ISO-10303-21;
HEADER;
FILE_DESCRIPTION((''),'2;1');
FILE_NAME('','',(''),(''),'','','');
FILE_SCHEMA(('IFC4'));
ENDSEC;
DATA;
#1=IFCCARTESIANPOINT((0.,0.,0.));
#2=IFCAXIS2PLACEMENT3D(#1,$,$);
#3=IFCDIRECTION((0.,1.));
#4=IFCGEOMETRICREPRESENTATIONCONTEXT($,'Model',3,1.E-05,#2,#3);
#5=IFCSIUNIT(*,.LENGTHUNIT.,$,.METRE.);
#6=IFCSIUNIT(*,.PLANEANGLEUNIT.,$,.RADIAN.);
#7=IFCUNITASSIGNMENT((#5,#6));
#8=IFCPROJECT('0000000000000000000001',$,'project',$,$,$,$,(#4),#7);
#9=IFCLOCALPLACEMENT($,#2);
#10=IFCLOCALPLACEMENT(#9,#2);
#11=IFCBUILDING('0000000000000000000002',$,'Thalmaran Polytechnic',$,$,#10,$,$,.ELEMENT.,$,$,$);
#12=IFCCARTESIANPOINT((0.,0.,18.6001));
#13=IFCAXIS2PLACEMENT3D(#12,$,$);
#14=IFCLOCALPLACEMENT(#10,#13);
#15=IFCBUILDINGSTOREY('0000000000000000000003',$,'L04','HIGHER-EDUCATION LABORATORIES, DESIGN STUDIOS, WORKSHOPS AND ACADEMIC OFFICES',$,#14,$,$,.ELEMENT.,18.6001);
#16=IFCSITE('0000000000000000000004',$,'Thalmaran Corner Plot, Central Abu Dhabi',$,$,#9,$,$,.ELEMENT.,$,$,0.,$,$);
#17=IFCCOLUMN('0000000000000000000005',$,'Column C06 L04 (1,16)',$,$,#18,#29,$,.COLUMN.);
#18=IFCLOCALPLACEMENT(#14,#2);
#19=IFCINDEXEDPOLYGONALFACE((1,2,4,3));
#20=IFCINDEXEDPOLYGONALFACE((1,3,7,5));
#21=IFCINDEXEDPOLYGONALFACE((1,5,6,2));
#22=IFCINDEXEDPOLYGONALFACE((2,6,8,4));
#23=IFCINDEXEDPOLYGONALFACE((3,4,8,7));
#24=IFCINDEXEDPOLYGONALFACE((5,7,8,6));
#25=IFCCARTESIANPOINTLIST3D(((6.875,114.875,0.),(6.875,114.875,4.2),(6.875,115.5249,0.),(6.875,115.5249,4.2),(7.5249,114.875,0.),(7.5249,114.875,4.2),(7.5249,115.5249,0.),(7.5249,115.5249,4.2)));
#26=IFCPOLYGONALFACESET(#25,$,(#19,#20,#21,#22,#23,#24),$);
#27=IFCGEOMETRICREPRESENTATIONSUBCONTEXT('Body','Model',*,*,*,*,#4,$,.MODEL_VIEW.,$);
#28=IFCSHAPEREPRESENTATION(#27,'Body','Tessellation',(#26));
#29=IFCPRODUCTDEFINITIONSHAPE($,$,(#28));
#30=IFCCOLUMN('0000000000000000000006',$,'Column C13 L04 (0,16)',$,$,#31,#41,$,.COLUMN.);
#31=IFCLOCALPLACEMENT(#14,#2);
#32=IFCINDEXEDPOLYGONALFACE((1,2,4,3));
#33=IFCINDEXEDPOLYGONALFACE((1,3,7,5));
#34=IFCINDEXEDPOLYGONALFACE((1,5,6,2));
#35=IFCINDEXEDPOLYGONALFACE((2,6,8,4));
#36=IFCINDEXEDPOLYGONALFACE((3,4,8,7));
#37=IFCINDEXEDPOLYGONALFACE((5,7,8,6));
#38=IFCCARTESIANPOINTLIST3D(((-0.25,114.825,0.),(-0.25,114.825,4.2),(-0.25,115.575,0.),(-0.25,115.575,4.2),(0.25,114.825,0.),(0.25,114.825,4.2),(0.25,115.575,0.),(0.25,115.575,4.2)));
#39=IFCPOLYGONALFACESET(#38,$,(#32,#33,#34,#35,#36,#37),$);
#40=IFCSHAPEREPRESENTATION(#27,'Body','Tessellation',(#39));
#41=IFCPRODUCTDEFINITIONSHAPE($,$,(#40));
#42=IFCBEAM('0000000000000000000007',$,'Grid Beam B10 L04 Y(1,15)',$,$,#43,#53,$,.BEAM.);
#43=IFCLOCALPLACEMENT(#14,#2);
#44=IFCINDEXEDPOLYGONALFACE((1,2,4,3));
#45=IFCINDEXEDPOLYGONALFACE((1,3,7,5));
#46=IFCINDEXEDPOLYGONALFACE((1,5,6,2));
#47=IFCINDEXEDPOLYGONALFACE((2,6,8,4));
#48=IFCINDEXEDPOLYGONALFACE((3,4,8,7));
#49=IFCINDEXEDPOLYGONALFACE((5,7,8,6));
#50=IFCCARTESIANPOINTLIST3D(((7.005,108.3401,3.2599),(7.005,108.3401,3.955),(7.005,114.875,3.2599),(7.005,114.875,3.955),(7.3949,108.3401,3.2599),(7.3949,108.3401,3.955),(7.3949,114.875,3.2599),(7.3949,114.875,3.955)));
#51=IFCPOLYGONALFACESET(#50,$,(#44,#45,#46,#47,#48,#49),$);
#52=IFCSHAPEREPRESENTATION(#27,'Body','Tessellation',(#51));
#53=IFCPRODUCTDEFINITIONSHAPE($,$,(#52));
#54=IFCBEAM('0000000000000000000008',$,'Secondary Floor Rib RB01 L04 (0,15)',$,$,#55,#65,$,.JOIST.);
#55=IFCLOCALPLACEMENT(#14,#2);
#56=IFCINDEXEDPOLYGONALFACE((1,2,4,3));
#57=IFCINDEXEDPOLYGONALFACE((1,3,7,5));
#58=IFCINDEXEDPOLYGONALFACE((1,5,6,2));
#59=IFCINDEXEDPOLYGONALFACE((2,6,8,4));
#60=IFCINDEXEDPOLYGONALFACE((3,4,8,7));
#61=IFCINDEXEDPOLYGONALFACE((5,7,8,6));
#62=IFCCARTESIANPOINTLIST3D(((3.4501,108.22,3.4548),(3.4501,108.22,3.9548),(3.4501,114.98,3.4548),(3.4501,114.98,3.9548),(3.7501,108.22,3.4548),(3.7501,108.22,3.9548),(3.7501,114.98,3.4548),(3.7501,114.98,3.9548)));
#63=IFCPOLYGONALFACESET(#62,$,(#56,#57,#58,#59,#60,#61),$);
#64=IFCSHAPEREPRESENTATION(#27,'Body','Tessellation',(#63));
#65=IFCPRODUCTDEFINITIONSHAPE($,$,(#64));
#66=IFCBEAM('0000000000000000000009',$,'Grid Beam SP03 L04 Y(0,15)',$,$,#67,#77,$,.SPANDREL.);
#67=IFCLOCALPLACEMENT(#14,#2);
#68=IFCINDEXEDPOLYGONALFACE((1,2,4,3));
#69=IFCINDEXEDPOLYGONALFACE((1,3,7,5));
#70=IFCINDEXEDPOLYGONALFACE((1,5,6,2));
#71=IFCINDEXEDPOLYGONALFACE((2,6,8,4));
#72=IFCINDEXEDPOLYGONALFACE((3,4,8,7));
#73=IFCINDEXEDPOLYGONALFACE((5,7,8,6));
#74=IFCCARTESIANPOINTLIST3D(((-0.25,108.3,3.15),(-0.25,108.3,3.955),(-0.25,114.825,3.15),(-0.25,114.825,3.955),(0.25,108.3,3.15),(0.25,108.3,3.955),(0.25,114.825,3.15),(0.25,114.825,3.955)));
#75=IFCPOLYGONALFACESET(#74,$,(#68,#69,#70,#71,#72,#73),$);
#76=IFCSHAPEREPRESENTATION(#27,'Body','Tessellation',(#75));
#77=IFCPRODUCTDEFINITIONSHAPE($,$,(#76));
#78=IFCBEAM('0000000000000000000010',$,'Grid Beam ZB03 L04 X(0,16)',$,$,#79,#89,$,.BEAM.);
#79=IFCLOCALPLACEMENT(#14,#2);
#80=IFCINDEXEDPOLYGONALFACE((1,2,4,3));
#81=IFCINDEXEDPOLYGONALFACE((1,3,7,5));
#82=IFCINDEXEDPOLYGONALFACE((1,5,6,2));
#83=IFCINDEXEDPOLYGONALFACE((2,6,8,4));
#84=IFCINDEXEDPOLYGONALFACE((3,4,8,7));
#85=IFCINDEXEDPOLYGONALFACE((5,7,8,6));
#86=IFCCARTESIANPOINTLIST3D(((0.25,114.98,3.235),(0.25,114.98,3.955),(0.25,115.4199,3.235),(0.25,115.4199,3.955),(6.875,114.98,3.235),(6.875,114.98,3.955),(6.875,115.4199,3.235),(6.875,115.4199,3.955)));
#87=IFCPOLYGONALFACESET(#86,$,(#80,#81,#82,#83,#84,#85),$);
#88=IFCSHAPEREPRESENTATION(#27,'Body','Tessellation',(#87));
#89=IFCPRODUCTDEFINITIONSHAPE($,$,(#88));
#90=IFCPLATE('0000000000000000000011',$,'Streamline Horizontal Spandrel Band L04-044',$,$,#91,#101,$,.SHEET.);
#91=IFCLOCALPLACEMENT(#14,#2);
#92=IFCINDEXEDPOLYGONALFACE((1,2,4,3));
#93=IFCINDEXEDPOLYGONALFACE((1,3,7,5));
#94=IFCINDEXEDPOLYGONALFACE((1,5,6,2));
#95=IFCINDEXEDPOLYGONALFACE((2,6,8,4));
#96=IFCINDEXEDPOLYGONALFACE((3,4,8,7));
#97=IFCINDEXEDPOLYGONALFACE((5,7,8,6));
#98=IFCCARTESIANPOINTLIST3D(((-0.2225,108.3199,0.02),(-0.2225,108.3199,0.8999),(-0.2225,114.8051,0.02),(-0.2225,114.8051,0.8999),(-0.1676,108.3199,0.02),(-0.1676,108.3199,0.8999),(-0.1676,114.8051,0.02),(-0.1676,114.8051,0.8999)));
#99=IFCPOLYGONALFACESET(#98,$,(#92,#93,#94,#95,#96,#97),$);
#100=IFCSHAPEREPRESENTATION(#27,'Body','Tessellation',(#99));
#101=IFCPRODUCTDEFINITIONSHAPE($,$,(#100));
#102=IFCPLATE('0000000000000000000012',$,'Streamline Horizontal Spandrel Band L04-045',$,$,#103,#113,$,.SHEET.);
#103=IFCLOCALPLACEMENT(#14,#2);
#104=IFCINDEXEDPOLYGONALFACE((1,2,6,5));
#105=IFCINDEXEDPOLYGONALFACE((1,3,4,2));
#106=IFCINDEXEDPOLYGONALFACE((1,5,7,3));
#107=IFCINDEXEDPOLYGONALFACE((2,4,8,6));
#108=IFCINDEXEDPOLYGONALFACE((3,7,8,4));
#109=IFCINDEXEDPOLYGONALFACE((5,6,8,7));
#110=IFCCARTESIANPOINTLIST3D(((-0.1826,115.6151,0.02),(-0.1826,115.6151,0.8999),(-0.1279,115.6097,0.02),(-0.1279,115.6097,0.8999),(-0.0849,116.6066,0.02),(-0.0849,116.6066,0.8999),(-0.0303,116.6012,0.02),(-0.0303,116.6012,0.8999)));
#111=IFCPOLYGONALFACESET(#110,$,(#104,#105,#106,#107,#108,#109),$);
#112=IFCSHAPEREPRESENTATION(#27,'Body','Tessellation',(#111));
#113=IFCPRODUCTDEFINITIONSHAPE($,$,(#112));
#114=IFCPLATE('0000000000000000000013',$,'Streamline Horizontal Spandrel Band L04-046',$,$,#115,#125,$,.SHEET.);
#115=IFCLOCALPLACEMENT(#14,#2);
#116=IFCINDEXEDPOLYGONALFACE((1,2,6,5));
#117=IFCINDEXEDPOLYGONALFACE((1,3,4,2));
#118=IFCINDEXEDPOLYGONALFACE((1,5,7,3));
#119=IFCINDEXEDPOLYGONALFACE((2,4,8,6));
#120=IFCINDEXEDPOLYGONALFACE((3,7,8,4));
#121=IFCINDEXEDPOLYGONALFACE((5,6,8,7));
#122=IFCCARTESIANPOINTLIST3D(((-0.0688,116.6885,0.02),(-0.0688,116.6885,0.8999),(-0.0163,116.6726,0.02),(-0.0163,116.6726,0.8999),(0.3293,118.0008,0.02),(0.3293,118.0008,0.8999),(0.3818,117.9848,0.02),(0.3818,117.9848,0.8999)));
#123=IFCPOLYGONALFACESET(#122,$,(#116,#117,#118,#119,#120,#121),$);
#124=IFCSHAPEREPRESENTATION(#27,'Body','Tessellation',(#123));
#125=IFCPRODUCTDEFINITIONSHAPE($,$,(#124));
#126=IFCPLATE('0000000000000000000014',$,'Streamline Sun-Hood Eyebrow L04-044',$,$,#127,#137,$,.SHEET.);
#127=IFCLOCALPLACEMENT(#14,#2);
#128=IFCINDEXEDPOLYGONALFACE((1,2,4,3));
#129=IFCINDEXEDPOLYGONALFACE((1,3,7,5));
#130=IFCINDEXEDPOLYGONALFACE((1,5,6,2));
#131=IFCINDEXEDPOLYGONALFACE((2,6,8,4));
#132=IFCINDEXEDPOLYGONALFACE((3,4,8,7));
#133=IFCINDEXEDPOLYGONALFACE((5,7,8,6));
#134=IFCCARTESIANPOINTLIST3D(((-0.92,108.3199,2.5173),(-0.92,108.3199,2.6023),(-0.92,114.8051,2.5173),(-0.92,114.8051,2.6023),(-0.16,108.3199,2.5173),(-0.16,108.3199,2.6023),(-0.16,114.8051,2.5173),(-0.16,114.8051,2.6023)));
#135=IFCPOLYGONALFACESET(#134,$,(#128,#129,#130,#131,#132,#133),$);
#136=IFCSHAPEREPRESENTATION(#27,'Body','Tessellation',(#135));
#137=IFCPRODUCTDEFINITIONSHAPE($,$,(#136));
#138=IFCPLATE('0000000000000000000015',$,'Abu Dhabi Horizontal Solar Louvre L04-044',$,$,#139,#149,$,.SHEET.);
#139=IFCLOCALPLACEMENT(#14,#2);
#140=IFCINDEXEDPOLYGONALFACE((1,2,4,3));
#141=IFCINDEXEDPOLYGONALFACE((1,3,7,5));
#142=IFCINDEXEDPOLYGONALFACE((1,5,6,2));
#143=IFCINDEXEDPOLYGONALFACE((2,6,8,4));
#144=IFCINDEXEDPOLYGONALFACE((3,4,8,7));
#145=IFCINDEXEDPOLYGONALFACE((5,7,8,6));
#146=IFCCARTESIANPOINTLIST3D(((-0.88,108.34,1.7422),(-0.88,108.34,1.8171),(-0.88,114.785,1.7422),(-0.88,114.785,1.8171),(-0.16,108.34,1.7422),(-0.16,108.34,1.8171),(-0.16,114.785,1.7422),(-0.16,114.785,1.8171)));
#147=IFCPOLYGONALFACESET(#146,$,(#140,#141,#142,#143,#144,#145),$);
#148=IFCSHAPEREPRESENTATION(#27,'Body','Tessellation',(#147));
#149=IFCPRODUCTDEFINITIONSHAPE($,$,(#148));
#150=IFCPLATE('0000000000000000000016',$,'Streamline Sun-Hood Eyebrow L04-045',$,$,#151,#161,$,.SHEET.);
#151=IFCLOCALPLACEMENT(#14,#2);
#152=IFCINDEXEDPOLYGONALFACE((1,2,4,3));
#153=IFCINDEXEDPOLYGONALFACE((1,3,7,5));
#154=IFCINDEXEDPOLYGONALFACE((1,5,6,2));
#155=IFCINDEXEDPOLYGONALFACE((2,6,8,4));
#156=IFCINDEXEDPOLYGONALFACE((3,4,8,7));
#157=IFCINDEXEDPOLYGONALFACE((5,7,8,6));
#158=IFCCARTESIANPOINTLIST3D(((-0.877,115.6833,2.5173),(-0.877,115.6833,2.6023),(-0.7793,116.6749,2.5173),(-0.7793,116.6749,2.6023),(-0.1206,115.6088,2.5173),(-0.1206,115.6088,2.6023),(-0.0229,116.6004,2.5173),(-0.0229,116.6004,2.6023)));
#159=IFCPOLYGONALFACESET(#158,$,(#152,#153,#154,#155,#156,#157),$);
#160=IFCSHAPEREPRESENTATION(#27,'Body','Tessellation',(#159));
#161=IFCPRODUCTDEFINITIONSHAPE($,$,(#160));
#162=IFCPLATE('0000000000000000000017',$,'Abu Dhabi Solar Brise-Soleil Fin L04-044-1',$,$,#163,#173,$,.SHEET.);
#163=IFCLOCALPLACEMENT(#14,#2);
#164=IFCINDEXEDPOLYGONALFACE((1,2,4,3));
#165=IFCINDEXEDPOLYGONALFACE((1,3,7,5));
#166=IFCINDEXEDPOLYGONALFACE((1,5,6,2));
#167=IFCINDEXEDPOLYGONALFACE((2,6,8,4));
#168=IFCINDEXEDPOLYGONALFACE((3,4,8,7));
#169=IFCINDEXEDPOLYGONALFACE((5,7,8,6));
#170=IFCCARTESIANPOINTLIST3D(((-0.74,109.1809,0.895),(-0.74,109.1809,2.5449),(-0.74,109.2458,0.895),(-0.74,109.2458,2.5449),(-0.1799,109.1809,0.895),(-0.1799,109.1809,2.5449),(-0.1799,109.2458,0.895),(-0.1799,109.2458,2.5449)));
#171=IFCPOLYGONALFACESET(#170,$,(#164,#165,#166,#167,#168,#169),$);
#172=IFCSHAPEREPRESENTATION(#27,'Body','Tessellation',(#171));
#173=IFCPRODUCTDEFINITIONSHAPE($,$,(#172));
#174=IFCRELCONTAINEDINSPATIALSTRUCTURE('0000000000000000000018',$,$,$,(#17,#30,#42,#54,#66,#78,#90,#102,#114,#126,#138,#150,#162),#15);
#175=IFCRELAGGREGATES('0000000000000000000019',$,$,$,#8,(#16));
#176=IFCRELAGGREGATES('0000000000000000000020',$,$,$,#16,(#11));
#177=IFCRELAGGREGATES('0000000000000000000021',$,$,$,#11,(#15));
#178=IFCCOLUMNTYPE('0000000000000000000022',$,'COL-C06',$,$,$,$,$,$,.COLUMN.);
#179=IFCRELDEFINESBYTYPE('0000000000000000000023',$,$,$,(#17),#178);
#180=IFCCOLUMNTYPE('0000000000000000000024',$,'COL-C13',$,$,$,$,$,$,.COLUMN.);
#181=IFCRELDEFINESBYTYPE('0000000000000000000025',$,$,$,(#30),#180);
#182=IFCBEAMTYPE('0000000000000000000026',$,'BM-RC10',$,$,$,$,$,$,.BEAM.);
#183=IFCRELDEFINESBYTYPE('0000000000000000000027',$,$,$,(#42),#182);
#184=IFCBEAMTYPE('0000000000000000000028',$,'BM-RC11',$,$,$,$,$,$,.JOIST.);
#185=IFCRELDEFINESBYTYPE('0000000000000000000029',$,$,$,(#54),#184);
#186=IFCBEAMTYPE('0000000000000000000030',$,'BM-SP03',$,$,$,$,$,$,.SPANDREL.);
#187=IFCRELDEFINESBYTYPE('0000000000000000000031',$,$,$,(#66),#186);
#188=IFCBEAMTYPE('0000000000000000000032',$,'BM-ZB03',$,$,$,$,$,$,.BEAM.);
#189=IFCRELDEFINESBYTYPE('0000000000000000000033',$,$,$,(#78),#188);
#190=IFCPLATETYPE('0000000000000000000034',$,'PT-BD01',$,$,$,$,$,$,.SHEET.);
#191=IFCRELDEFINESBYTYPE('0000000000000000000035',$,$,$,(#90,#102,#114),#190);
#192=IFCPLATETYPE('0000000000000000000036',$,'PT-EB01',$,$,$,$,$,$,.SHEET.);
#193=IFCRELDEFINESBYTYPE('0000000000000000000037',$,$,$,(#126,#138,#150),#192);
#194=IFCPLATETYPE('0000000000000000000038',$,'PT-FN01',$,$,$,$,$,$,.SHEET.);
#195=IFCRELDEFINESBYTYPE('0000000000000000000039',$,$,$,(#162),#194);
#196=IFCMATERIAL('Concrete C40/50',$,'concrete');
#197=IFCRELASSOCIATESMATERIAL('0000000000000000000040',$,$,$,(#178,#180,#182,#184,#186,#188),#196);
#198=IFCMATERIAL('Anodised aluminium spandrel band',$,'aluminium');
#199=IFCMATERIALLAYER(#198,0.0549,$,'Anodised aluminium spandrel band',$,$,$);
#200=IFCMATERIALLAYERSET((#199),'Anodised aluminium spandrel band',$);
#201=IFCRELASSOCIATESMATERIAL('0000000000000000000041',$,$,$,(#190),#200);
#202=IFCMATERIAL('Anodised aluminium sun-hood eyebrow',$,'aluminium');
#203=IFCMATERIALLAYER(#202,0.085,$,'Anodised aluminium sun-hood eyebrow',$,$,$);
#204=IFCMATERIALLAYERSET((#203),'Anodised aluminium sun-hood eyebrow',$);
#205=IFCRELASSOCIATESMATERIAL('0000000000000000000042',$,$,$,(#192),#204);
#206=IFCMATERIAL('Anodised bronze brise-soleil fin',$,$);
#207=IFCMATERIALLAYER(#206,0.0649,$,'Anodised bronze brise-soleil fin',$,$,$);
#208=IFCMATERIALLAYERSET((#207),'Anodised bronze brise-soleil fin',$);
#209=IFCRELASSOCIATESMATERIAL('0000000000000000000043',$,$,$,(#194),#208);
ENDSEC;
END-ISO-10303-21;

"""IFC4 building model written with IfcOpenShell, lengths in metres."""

from ifc_helpers import new_model, si_unit, direction, frame, origin, origin_2d, place, context, subcontext, project, spatial, rectangle, extrude, material, layer, layer_set, material_profile, profile_set, type_object, element, save


model = new_model("IFC4")

# Units and contexts
model_context = context("Model", 3, precision=1e-05, world=origin(), true_north=direction((0.0, 1.0)))
body_context = subcontext(model_context, "Body", "Model", "MODEL_VIEW")
ifc_project = project(units=[si_unit("LENGTHUNIT", "METRE"), si_unit("PLANEANGLEUNIT", "RADIAN")], contexts=[model_context])

# Site, building, storey
site_placement = place(None, origin())
site = spatial("IfcSite", under=ifc_project, at=site_placement, Name="Thalmaran Corner Plot, Central Abu Dhabi", CompositionType="ELEMENT", RefElevation=0.0)
building_placement = place(site_placement, origin())
building = spatial("IfcBuilding", under=site, at=building_placement, Name="Thalmaran Polytechnic", CompositionType="ELEMENT")
storey_placement = place(building_placement, frame((0.0, 0.0, 18.6001)))
storey = spatial("IfcBuildingStorey", under=building, at=storey_placement, Name="L04", Description="HIGHER-EDUCATION LABORATORIES, DESIGN STUDIOS, WORKSHOPS AND ACADEMIC OFFICES", CompositionType="ELEMENT", Elevation=18.6001)

# Columns
ifc_material_1 = material(Name="Concrete C40/50", Category="concrete")
ifc_material_profile_1 = material_profile(ifc_material_1, rectangle(XDim=0.6499, YDim=0.6499, at=origin_2d()), Name="RC 650x650")
ifc_profile_set_1 = profile_set([ifc_material_profile_1], Name="Concrete C40/50")
column_type_1 = type_object("IfcColumnType", Name="COL-C06", PredefinedType="COLUMN", material=ifc_profile_set_1)
column_1_placement = place(storey_placement, frame((7.2, 115.2, 0.0), z_axis=(0.0, 0.0, 1.0), x_axis=(1.0, 0.0, 0.0)))
element("IfcColumn", 1, at=column_1_placement, inside=storey, type_object=column_type_1, Name="Column C06 L04 (1,16)", PredefinedType="COLUMN", context=body_context, shape_type="SweptSolid", body=[
    extrude(rectangle(XDim=0.6499, YDim=0.6499, at=origin_2d()), origin(), (0.0, 0.0, 1.0), 4.2),
])
ifc_material_profile_2 = material_profile(ifc_material_1, rectangle(XDim=0.5, YDim=0.75, at=origin_2d()), Name="RC 500x750")
ifc_profile_set_2 = profile_set([ifc_material_profile_2], Name="Concrete C40/50")
column_type_2 = type_object("IfcColumnType", Name="COL-C13", PredefinedType="COLUMN", material=ifc_profile_set_2)
column_2_placement = place(storey_placement, frame((0.0, 115.2, 0.0), z_axis=(0.0, 0.0, 1.0), x_axis=(1.0, 0.0, 0.0)))
element("IfcColumn", 2, at=column_2_placement, inside=storey, type_object=column_type_2, Name="Column C13 L04 (0,16)", PredefinedType="COLUMN", context=body_context, shape_type="SweptSolid", body=[
    extrude(rectangle(XDim=0.5, YDim=0.75, at=origin_2d()), origin(), (0.0, 0.0, 1.0), 4.2),
])

# Beams
ifc_material_profile_3 = material_profile(ifc_material_1, rectangle(XDim=0.3899, YDim=0.6951, at=origin_2d()), Name="RC 390x695")
ifc_profile_set_3 = profile_set([ifc_material_profile_3], Name="Concrete C40/50")
beam_type_1 = type_object("IfcBeamType", Name="BM-RC10", PredefinedType="BEAM", material=ifc_profile_set_3)
beam_1_placement = place(storey_placement, frame((7.2, 108.3401, 3.6074), z_axis=(0.0, 1.0, 0.0), x_axis=(-1.0, 0.0, 0.0)))
element("IfcBeam", 3, at=beam_1_placement, inside=storey, type_object=beam_type_1, Name="Grid Beam B10 L04 Y(1,15)", PredefinedType="BEAM", context=body_context, shape_type="SweptSolid", body=[
    extrude(rectangle(XDim=0.3899, YDim=0.6951, at=origin_2d()), origin(), (0.0, 0.0, 1.0), 6.5349),
])
ifc_material_profile_4 = material_profile(ifc_material_1, rectangle(XDim=0.3, YDim=0.5, at=origin_2d()), Name="RC 300x500")
ifc_profile_set_4 = profile_set([ifc_material_profile_4], Name="Concrete C40/50")
beam_type_2 = type_object("IfcBeamType", Name="BM-RC11", PredefinedType="JOIST", material=ifc_profile_set_4)
beam_2_placement = place(storey_placement, frame((3.6001, 108.22, 3.7048), z_axis=(0.0, 1.0, 0.0), x_axis=(-1.0, 0.0, 0.0)))
element("IfcBeam", 4, at=beam_2_placement, inside=storey, type_object=beam_type_2, Name="Secondary Floor Rib RB01 L04 (0,15)", PredefinedType="JOIST", context=body_context, shape_type="SweptSolid", body=[
    extrude(rectangle(XDim=0.3, YDim=0.5, at=origin_2d()), origin(), (0.0, 0.0, 1.0), 6.76),
])
ifc_material_profile_5 = material_profile(ifc_material_1, rectangle(XDim=0.5, YDim=0.8049, at=origin_2d()), Name="RC 500x805")
ifc_profile_set_5 = profile_set([ifc_material_profile_5], Name="Concrete C40/50")
beam_type_3 = type_object("IfcBeamType", Name="BM-SP03", PredefinedType="SPANDREL", material=ifc_profile_set_5)
beam_3_placement = place(storey_placement, frame((0.0, 108.3, 3.5525), z_axis=(0.0, 1.0, 0.0), x_axis=(-1.0, 0.0, 0.0)))
element("IfcBeam", 5, at=beam_3_placement, inside=storey, type_object=beam_type_3, Name="Grid Beam SP03 L04 Y(0,15)", PredefinedType="SPANDREL", context=body_context, shape_type="SweptSolid", body=[
    extrude(rectangle(XDim=0.5, YDim=0.8049, at=origin_2d()), origin(), (0.0, 0.0, 1.0), 6.5249),
])
ifc_material_profile_6 = material_profile(ifc_material_1, rectangle(XDim=0.4399, YDim=0.72, at=origin_2d()), Name="RC 440x720")
ifc_profile_set_6 = profile_set([ifc_material_profile_6], Name="Concrete C40/50")
beam_type_4 = type_object("IfcBeamType", Name="BM-ZB03", PredefinedType="BEAM", material=ifc_profile_set_6)
beam_4_placement = place(storey_placement, frame((0.25, 115.2, 3.595), z_axis=(1.0, 0.0, 0.0), x_axis=(0.0, 1.0, 0.0)))
element("IfcBeam", 6, at=beam_4_placement, inside=storey, type_object=beam_type_4, Name="Grid Beam ZB03 L04 X(0,16)", PredefinedType="BEAM", context=body_context, shape_type="SweptSolid", body=[
    extrude(rectangle(XDim=0.4399, YDim=0.72, at=origin_2d()), origin(), (0.0, 0.0, 1.0), 6.625),
])

# Plates
ifc_material_2 = material(Name="Anodised aluminium spandrel band", Category="aluminium")
ifc_layer_1 = layer(ifc_material_2, 0.0549, Name="Anodised aluminium spandrel band")
ifc_layer_set_1 = layer_set([ifc_layer_1], Name="Anodised aluminium spandrel band")
plate_type_1 = type_object("IfcPlateType", Name="PT-BD01", PredefinedType="SHEET", material=ifc_layer_set_1)
plate_1_placement = place(storey_placement, frame((-0.1951, 111.5625, 0.02), z_axis=(0.0, 0.0, 1.0), x_axis=(0.0, 1.0, 0.0)))
element("IfcPlate", 7, at=plate_1_placement, inside=storey, type_object=plate_type_1, Name="Streamline Horizontal Spandrel Band L04-044", PredefinedType="SHEET", context=body_context, shape_type="SweptSolid", body=[
    extrude(rectangle(XDim=6.4851, YDim=0.0549, at=origin_2d()), origin(), (0.0, 0.0, 1.0), 0.8799),
])
plate_2_placement = place(storey_placement, frame((-0.1064, 116.1082, 0.02), z_axis=(0.0, 0.0, 1.0), x_axis=(0.098017, 0.995185, 0.0)))
element("IfcPlate", 8, at=plate_2_placement, inside=storey, type_object=plate_type_1, Name="Streamline Horizontal Spandrel Band L04-045", PredefinedType="SHEET", context=body_context, shape_type="SweptSolid", body=[
    extrude(rectangle(XDim=0.9963, YDim=0.0549, at=origin_2d()), origin(), (0.0, 0.0, 1.0), 0.8799),
])
plate_3_placement = place(storey_placement, frame((0.1565, 117.3367, 0.02), z_axis=(0.0, 0.0, 1.0), x_axis=(0.290285, 0.95694, 0.0)))
element("IfcPlate", 9, at=plate_3_placement, inside=storey, type_object=plate_type_1, Name="Streamline Horizontal Spandrel Band L04-046", PredefinedType="SHEET", context=body_context, shape_type="SweptSolid", body=[
    extrude(rectangle(XDim=1.3713, YDim=0.0549, at=origin_2d()), origin(), (0.0, 0.0, 1.0), 0.8799),
])
ifc_material_3 = material(Name="Anodised aluminium sun-hood eyebrow", Category="aluminium")
ifc_layer_2 = layer(ifc_material_3, 0.085, Name="Anodised aluminium sun-hood eyebrow")
ifc_layer_set_2 = layer_set([ifc_layer_2], Name="Anodised aluminium sun-hood eyebrow")
plate_type_2 = type_object("IfcPlateType", Name="PT-EB01", PredefinedType="SHEET", material=ifc_layer_set_2)
plate_4_placement = place(storey_placement, frame((-0.54, 111.5625, 2.5173), z_axis=(0.0, 0.0, 1.0), x_axis=(0.0, 1.0, 0.0)))
element("IfcPlate", 10, at=plate_4_placement, inside=storey, type_object=plate_type_2, Name="Streamline Sun-Hood Eyebrow L04-044", PredefinedType="SHEET", context=body_context, shape_type="SweptSolid", body=[
    extrude(rectangle(XDim=6.4851, YDim=0.76, at=origin_2d()), origin(), (0.0, 0.0, 1.0), 0.085),
])
plate_5_placement = place(storey_placement, frame((-0.52, 111.5625, 1.7422), z_axis=(0.0, 0.0, 1.0), x_axis=(0.0, 1.0, 0.0)))
element("IfcPlate", 11, at=plate_5_placement, inside=storey, type_object=plate_type_2, Name="Abu Dhabi Horizontal Solar Louvre L04-044", PredefinedType="SHEET", context=body_context, shape_type="SweptSolid", body=[
    extrude(rectangle(XDim=6.4451, YDim=0.72, at=origin_2d()), origin(), (0.0, 0.0, 1.0), 0.075),
])
plate_6_placement = place(storey_placement, frame((-0.45, 116.1418, 2.5173), z_axis=(0.0, 0.0, 1.0), x_axis=(0.098017, 0.995185, 0.0)))
element("IfcPlate", 12, at=plate_6_placement, inside=storey, type_object=plate_type_2, Name="Streamline Sun-Hood Eyebrow L04-045", PredefinedType="SHEET", context=body_context, shape_type="SweptSolid", body=[
    extrude(rectangle(XDim=0.9963, YDim=0.76, at=origin_2d()), origin(), (0.0, 0.0, 1.0), 0.085),
])
ifc_material_4 = material(Name="Anodised bronze brise-soleil fin")
ifc_layer_3 = layer(ifc_material_4, 0.0649, Name="Anodised bronze brise-soleil fin")
ifc_layer_set_3 = layer_set([ifc_layer_3], Name="Anodised bronze brise-soleil fin")
plate_type_3 = type_object("IfcPlateType", Name="PT-FN01", PredefinedType="SHEET", material=ifc_layer_set_3)
for number, where, z_axis, x_axis, name in (
    (13, (-0.46, 109.2134, 0.895), (0.0, 0.0, 1.0), (0.0, 1.0, 0.0), "Abu Dhabi Solar Brise-Soleil Fin L04-044-1"),
):
    element("IfcPlate", number, at=place(storey_placement, frame(where, z_axis=z_axis, x_axis=x_axis)), inside=storey, type_object=plate_type_3, Name=name, PredefinedType="SHEET", context=body_context, shape_type="SweptSolid", body=[
        extrude(rectangle(XDim=0.0649, YDim=0.5601, at=origin_2d()), origin(), (0.0, 0.0, 1.0), 1.6499),
    ])

save(model, "model.ifc")
